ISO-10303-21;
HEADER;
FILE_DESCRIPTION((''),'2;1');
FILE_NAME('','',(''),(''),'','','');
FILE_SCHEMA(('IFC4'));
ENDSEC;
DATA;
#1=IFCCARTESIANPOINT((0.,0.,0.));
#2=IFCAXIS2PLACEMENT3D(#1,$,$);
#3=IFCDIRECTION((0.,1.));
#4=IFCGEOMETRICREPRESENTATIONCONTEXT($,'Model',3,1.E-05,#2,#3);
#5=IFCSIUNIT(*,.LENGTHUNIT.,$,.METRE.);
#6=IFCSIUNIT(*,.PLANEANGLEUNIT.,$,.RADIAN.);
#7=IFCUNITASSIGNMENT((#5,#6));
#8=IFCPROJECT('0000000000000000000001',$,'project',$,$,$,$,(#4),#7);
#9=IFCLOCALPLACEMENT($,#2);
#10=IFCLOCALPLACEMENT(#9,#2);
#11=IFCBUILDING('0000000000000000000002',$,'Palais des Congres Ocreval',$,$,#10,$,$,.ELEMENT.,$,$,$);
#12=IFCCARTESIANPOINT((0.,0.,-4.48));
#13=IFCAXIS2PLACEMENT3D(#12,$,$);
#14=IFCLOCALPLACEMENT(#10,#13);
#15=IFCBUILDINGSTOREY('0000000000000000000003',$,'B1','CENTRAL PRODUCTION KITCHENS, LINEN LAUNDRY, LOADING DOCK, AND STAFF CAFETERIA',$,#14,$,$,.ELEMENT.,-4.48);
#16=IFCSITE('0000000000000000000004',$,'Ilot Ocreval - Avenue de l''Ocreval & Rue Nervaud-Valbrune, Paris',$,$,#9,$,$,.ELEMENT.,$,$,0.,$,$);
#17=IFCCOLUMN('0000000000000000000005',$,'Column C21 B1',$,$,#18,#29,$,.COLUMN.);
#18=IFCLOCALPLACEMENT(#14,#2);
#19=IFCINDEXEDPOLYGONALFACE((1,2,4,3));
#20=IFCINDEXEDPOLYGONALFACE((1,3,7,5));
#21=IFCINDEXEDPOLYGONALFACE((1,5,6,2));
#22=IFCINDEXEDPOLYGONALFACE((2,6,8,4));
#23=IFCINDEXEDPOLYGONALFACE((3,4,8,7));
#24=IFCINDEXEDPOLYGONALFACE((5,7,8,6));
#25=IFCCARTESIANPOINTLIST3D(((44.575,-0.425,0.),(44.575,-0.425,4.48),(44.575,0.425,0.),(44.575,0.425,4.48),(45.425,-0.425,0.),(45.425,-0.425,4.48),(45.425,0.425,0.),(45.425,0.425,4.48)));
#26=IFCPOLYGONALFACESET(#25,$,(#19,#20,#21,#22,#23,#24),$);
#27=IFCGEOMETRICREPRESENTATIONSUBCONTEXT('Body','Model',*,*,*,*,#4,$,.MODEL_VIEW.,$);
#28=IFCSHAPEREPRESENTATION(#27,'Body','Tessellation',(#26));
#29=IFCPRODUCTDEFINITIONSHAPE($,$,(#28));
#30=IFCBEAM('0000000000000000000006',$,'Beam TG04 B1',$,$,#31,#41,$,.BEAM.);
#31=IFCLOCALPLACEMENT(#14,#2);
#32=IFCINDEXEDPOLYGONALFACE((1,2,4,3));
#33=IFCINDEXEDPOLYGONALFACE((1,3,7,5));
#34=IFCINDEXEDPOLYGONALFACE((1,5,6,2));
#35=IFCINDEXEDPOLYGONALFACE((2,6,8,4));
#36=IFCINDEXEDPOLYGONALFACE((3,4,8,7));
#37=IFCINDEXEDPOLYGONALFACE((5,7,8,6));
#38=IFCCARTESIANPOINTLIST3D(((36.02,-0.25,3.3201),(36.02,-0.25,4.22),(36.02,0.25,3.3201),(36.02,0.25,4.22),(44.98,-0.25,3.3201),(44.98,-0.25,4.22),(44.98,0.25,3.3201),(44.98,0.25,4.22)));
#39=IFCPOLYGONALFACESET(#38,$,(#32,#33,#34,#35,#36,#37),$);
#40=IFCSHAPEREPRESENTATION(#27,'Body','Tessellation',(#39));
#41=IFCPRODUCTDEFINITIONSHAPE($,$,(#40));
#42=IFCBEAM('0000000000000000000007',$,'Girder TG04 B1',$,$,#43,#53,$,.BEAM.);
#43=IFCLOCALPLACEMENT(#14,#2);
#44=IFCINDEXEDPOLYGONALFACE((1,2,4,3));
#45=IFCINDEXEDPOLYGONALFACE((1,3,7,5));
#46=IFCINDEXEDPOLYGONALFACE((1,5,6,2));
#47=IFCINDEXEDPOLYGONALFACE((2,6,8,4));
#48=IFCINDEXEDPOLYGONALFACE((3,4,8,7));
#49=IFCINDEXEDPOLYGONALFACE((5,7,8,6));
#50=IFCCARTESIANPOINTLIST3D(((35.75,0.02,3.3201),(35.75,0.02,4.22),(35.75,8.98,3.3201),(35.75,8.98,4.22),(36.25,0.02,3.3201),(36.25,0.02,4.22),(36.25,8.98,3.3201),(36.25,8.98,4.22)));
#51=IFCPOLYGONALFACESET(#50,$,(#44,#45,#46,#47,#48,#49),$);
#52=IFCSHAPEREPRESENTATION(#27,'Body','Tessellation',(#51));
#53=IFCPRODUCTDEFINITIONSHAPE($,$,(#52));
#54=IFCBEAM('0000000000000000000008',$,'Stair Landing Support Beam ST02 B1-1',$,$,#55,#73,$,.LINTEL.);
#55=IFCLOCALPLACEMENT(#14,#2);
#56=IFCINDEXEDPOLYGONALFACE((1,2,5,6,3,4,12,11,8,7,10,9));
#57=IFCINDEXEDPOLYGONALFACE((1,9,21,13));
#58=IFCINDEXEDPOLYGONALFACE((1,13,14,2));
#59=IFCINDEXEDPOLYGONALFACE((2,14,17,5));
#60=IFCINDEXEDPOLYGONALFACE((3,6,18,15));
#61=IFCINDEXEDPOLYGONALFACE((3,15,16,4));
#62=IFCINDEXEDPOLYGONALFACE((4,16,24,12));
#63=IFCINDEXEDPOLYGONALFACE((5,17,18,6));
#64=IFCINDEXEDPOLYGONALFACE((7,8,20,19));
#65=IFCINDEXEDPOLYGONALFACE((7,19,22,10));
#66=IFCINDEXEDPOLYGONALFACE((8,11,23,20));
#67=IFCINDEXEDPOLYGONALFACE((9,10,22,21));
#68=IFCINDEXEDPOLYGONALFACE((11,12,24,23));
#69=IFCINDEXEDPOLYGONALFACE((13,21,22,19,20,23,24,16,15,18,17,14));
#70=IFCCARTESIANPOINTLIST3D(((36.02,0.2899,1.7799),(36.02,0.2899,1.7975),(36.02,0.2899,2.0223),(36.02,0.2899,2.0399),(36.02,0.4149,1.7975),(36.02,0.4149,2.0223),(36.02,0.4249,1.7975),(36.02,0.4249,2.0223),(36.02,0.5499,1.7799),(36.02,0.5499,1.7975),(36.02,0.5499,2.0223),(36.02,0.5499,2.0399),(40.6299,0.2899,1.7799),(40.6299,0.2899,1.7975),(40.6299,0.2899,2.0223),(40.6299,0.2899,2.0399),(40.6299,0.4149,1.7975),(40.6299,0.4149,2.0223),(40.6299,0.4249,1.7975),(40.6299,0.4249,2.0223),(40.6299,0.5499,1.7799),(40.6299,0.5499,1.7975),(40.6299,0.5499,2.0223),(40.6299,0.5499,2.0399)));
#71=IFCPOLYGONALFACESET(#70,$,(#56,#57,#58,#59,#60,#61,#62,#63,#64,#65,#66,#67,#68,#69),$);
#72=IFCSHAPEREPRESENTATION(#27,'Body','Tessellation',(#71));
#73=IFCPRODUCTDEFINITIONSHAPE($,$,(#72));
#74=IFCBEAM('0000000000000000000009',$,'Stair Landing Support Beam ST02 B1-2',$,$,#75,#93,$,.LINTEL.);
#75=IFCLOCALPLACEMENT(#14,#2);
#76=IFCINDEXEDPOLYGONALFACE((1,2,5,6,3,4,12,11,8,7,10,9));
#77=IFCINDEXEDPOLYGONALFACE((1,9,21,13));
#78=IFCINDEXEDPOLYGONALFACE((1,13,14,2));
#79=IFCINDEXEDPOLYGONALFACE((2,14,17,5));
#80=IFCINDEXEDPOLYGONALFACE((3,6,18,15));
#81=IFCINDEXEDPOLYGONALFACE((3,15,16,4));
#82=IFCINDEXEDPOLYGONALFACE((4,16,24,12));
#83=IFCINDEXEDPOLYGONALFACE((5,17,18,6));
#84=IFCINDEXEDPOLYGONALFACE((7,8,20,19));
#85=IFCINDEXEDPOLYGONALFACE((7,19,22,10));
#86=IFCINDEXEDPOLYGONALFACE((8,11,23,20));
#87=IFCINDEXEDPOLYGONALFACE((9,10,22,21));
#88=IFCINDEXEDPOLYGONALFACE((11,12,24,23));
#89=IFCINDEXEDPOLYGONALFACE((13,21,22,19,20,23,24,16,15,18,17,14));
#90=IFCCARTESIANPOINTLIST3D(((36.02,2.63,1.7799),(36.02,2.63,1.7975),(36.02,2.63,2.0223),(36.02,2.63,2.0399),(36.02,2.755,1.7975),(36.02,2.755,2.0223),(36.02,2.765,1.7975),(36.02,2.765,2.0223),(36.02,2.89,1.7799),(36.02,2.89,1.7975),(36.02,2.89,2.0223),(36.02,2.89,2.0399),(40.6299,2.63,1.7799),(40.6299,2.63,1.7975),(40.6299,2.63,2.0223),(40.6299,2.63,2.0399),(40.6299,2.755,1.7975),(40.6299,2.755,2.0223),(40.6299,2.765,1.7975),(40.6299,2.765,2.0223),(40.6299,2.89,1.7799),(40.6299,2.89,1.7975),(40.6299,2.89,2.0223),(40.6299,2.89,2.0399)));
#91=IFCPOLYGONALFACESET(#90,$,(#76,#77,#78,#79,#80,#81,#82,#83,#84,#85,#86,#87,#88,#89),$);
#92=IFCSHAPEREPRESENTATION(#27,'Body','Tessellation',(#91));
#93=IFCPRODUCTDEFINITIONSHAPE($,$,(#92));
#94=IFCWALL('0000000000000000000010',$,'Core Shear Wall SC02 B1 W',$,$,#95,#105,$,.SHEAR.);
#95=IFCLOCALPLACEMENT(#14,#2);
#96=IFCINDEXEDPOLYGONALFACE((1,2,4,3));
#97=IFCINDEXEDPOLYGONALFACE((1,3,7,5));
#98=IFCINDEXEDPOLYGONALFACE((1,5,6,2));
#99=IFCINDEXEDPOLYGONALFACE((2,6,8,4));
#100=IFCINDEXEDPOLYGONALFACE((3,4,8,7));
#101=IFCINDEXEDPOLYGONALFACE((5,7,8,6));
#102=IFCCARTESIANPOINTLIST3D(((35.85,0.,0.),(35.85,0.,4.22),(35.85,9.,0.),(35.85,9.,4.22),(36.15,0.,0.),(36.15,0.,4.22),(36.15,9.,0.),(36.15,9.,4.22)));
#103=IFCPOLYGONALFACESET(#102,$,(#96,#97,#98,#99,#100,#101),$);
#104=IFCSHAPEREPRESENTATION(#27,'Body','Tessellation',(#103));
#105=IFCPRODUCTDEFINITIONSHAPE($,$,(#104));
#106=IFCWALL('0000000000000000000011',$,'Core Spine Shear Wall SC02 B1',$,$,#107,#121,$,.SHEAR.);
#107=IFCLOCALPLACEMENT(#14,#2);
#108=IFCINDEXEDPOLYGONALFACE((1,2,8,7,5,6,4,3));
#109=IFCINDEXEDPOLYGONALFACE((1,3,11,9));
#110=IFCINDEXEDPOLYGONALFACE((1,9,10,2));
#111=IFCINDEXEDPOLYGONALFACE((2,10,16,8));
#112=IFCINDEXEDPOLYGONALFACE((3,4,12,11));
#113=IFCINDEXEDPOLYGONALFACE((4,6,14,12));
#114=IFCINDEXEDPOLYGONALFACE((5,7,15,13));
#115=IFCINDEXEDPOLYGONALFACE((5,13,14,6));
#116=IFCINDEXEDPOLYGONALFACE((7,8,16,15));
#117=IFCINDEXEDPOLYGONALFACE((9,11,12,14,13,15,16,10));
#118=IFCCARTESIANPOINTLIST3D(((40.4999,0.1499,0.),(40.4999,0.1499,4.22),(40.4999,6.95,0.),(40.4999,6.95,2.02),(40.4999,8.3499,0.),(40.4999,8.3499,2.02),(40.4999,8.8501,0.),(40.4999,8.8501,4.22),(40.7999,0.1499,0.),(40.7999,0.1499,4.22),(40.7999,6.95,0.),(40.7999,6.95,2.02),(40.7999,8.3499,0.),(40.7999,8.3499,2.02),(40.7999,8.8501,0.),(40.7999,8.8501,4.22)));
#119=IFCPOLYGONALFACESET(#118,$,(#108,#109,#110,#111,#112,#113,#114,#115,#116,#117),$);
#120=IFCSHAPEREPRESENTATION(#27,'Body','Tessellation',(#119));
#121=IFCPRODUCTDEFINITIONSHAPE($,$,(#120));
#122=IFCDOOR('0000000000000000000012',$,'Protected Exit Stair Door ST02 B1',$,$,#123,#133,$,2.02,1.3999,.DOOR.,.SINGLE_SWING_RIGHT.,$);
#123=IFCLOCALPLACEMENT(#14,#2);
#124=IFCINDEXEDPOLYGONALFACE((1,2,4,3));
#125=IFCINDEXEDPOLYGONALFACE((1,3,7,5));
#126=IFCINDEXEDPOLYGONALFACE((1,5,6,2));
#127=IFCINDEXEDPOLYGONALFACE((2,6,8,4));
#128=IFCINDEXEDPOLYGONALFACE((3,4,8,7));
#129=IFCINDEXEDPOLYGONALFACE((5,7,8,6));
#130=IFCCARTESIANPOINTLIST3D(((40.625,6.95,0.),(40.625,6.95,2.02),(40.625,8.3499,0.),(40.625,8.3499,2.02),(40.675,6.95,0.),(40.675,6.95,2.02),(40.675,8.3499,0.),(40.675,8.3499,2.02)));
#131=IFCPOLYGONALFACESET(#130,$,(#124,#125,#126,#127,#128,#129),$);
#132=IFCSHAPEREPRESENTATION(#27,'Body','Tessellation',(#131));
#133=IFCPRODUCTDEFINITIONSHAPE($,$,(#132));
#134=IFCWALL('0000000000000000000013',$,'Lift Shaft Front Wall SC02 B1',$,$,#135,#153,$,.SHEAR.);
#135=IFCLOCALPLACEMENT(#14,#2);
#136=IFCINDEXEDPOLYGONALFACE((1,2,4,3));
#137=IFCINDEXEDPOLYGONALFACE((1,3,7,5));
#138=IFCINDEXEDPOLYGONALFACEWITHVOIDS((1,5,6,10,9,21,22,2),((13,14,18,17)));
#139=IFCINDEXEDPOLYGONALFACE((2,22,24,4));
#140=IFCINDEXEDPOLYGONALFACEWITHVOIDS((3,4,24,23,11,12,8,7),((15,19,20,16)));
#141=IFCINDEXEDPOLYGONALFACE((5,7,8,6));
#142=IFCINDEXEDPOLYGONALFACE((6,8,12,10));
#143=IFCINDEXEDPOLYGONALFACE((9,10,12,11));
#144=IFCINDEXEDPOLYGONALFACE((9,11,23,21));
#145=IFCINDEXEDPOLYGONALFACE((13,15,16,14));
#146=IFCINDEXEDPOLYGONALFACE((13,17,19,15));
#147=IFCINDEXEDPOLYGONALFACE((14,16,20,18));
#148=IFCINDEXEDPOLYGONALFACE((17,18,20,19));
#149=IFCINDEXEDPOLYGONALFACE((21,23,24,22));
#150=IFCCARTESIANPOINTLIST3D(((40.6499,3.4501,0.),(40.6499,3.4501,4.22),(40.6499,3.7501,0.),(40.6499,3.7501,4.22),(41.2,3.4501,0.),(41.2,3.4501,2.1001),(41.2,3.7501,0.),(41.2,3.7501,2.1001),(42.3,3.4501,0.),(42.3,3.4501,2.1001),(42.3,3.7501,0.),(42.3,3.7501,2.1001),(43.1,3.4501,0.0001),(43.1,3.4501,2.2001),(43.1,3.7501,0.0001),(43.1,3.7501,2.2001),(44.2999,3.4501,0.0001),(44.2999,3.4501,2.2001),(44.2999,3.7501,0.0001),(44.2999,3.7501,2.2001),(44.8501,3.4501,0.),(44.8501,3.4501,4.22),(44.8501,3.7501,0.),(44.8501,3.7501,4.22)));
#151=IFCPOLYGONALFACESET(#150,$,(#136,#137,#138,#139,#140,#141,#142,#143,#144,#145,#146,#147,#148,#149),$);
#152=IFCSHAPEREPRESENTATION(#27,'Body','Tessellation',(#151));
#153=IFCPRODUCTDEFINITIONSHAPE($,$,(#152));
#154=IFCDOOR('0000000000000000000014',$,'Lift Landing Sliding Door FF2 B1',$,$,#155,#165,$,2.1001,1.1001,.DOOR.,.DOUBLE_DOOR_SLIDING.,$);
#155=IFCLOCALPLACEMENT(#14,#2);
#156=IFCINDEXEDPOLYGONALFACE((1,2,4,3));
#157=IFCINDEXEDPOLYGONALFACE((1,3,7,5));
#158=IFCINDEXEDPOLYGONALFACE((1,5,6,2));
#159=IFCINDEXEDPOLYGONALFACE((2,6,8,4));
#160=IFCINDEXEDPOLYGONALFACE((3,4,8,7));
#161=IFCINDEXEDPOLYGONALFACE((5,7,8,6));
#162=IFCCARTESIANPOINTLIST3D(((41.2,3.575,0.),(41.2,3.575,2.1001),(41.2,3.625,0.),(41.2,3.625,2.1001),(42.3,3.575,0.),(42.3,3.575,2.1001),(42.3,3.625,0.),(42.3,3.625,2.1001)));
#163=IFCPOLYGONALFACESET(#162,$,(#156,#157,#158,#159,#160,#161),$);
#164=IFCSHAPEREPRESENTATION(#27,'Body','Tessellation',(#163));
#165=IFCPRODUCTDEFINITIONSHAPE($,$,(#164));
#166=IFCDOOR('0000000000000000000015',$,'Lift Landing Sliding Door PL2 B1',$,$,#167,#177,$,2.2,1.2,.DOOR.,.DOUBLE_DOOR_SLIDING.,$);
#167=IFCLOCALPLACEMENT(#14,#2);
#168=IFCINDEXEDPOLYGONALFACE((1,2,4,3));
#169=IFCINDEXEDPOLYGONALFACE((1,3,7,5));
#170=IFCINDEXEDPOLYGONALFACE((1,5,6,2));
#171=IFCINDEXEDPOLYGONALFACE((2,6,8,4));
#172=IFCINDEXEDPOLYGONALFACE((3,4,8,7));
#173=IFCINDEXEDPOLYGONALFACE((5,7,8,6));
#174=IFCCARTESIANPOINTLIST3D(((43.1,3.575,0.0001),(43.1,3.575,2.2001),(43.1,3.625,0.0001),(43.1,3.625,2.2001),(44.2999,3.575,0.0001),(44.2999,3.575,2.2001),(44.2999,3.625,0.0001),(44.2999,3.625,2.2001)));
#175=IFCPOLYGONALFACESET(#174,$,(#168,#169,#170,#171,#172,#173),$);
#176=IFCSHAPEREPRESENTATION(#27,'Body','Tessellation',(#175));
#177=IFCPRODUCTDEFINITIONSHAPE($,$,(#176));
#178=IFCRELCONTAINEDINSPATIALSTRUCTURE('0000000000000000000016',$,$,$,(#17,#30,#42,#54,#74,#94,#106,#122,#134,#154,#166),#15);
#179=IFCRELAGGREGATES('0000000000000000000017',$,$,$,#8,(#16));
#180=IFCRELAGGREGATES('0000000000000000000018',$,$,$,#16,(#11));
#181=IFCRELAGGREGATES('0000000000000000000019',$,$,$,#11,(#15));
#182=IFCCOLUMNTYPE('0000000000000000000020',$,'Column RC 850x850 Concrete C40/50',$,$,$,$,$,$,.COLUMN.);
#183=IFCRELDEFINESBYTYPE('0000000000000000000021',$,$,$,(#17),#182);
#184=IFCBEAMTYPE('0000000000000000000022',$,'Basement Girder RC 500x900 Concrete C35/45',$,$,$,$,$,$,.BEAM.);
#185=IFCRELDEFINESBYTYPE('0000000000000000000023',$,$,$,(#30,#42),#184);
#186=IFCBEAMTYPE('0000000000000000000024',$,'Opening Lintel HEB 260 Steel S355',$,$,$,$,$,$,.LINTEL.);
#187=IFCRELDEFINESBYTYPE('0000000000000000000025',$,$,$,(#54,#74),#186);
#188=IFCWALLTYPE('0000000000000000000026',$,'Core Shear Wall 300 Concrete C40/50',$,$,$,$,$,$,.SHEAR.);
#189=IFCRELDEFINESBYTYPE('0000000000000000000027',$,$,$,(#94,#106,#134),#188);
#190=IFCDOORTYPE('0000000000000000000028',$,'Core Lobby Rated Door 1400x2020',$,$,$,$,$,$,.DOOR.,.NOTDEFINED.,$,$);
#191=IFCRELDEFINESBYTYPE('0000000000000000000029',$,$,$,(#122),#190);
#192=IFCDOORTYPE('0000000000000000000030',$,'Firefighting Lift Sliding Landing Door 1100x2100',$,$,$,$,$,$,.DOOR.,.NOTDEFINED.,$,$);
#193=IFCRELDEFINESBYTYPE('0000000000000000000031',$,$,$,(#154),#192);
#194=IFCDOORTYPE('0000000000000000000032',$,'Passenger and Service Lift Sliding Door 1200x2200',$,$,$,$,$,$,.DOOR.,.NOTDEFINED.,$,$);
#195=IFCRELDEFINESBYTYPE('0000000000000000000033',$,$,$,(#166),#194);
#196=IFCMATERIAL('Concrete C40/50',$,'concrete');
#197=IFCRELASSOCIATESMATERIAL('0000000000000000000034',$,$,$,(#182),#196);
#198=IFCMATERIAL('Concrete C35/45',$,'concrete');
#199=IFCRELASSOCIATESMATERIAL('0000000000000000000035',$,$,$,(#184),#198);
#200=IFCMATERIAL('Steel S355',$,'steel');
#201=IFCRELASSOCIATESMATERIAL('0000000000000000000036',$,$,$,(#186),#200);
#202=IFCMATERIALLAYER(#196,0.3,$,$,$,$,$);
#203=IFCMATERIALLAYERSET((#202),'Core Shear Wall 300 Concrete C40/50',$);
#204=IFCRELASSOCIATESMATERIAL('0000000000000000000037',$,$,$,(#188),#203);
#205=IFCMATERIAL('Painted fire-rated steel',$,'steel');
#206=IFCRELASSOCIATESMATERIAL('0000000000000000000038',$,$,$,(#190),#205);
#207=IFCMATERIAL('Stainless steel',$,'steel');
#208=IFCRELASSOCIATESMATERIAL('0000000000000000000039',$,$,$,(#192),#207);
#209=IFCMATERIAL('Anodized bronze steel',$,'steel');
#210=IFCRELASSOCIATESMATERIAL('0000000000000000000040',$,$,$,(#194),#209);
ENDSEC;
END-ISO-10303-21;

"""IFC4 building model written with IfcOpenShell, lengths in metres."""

from ifc_helpers import new_model, si_unit, direction, frame, frame_2d, origin, origin_2d, place, context, subcontext, project, spatial, rectangle, i_section, extrude, material, layer, layer_set, material_profile, profile_set, type_object, element, fill, save


model = new_model("IFC4")

# Units and contexts
model_context = context("Model", 3, precision=1e-05, world=origin(), true_north=direction((0.0, 1.0)))
body_context = subcontext(model_context, "Body", "Model", "MODEL_VIEW")
ifc_project = project(units=[si_unit("LENGTHUNIT", "METRE"), si_unit("PLANEANGLEUNIT", "RADIAN")], contexts=[model_context])

# Site, building, storey
site_placement = place(None, origin())
site = spatial("IfcSite", under=ifc_project, at=site_placement, Name="Ilot Ocreval - Avenue de l'Ocreval & Rue Nervaud-Valbrune, Paris", CompositionType="ELEMENT", RefElevation=0.0)
building_placement = place(site_placement, origin())
building = spatial("IfcBuilding", under=site, at=building_placement, Name="Palais des Congres Ocreval", CompositionType="ELEMENT")
storey_placement = place(building_placement, frame((0.0, 0.0, -4.48)))
storey = spatial("IfcBuildingStorey", under=building, at=storey_placement, Name="B1", Description="CENTRAL PRODUCTION KITCHENS, LINEN LAUNDRY, LOADING DOCK, AND STAFF CAFETERIA", CompositionType="ELEMENT", Elevation=-4.48)

# Column
ifc_material_1 = material(Name="Concrete C40/50", Category="concrete")
ifc_material_profile_1 = material_profile(ifc_material_1, rectangle(XDim=0.8501, YDim=0.8501, at=origin_2d()), Name="RC 850x850")
ifc_profile_set_1 = profile_set([ifc_material_profile_1], Name="Concrete C40/50")
column_type = type_object("IfcColumnType", Name="Column RC 850x850 Concrete C40/50", PredefinedType="COLUMN", material=ifc_profile_set_1)
column_placement = place(storey_placement, frame((45.0, 0.0, 0.0), z_axis=(0.0, 0.0, 1.0), x_axis=(1.0, 0.0, 0.0)))
element("IfcColumn", 1, at=column_placement, inside=storey, type_object=column_type, Name="Column C21 B1", PredefinedType="COLUMN", context=body_context, shape_type="SweptSolid", body=[
    extrude(rectangle(XDim=0.8501, YDim=0.8501, at=origin_2d()), origin(), (0.0, 0.0, 1.0), 4.48),
])

# Beams
ifc_material_2 = material(Name="Concrete C35/45", Category="concrete")
ifc_material_profile_2 = material_profile(ifc_material_2, rectangle(XDim=0.5, YDim=0.8999, at=origin_2d()), Name="RC 500x900")
ifc_profile_set_2 = profile_set([ifc_material_profile_2], Name="Concrete C35/45")
beam_type_1 = type_object("IfcBeamType", Name="Basement Girder RC 500x900 Concrete C35/45", PredefinedType="BEAM", material=ifc_profile_set_2)
for number, where, z_axis, x_axis, name in (
    (2, (36.02, 0.0, 3.77), (1.0, 0.0, 0.0), (0.0, 1.0, 0.0), "Beam TG04 B1"),
    (3, (36.0, 0.02, 3.77), (0.0, 1.0, 0.0), (-1.0, 0.0, 0.0), "Girder TG04 B1"),
):
    element("IfcBeam", number, at=place(storey_placement, frame(where, z_axis=z_axis, x_axis=x_axis)), inside=storey, type_object=beam_type_1, Name=name, PredefinedType="BEAM", context=body_context, shape_type="SweptSolid", body=[
        extrude(rectangle(XDim=0.5, YDim=0.8999, at=origin_2d()), origin(), (0.0, 0.0, 1.0), 8.96),
    ])
ifc_material_3 = material(Name="Steel S355", Category="steel")
ifc_material_profile_3 = material_profile(ifc_material_3, i_section(OverallWidth=0.26, OverallDepth=0.26, WebThickness=0.01, FlangeThickness=0.0176, at=origin_2d()), Name="HEB 260")
ifc_profile_set_3 = profile_set([ifc_material_profile_3], Name="Steel S355")
beam_type_2 = type_object("IfcBeamType", Name="Opening Lintel HEB 260 Steel S355", PredefinedType="LINTEL", material=ifc_profile_set_3)
for number, where, z_axis, x_axis, name in (
    (4, (36.02, 0.4199, 1.9099), (1.0, 0.0, 0.0), (0.0, 1.0, 0.0), "Stair Landing Support Beam ST02 B1-1"),
    (5, (36.02, 2.76, 1.9099), (1.0, 0.0, 0.0), (0.0, 1.0, 0.0), "Stair Landing Support Beam ST02 B1-2"),
):
    element("IfcBeam", number, at=place(storey_placement, frame(where, z_axis=z_axis, x_axis=x_axis)), inside=storey, type_object=beam_type_2, Name=name, PredefinedType="LINTEL", context=body_context, shape_type="SweptSolid", body=[
        extrude(i_section(OverallWidth=0.26, OverallDepth=0.26, WebThickness=0.01, FlangeThickness=0.0176, at=origin_2d()), origin(), (0.0, 0.0, 1.0), 4.6099),
    ])

# Wall
ifc_layer_1 = layer(ifc_material_1, 0.3)
ifc_layer_set_1 = layer_set([ifc_layer_1], Name="Core Shear Wall 300 Concrete C40/50")
wall_type_1 = type_object("IfcWallType", Name="Core Shear Wall 300 Concrete C40/50", PredefinedType="SHEAR", material=ifc_layer_set_1)
wall_1_placement = place(storey_placement, frame((36.0, 0.0, 0.0), z_axis=(0.0, 0.0, 1.0), x_axis=(0.0, 1.0, 0.0)))
element("IfcWall", 6, at=wall_1_placement, inside=storey, type_object=wall_type_1, Name="Core Shear Wall SC02 B1 W", PredefinedType="SHEAR", context=body_context, shape_type="SweptSolid", body=[
    extrude(rectangle(XDim=9.0, YDim=0.3, at=frame_2d((4.5, 0.0))), origin(), (0.0, 0.0, 1.0), 4.22),
])

# Wall, opening, door
wall_2_placement = place(storey_placement, frame((40.6499, 0.1499, 0.0), z_axis=(0.0, 0.0, 1.0), x_axis=(0.0, 1.0, 0.0)))
wall_2 = element("IfcWall", 7, at=wall_2_placement, inside=storey, type_object=wall_type_1, Name="Core Spine Shear Wall SC02 B1", PredefinedType="SHEAR", context=body_context, shape_type="SweptSolid", body=[
    extrude(rectangle(XDim=8.7002, YDim=0.3, at=frame_2d((4.3501, 0.0))), origin(), (0.0, 0.0, 1.0), 4.22),
])
opening_1_placement = place(wall_2_placement, frame((6.8, 0.0, 0.0)))
opening_1 = element("IfcOpeningElement", 8, at=opening_1_placement, cuts=wall_2, PredefinedType="OPENING", context=body_context, shape_type="SweptSolid", body=[
    extrude(rectangle(XDim=1.3999, YDim=2.02, at=frame_2d((0.7, 1.01))), frame((0.0, 0.1599, 0.0), z_axis=(0.0, -1.0, 0.0), x_axis=(1.0, 0.0, 0.0)), (0.0, 0.0, 1.0), 0.3201),
])
ifc_material_4 = material(Name="Painted fire-rated steel", Category="steel")
door_type_1 = type_object("IfcDoorType", Name="Core Lobby Rated Door 1400x2020", OperationType="NOTDEFINED", PredefinedType="DOOR", material=ifc_material_4)
door_1_placement = place(opening_1_placement, origin())
door_1 = element("IfcDoor", 9, at=door_1_placement, inside=storey, type_object=door_type_1, Name="Protected Exit Stair Door ST02 B1", OperationType="SINGLE_SWING_RIGHT", OverallHeight=2.02, OverallWidth=1.3999, PredefinedType="DOOR", context=body_context, shape_type="SweptSolid", body=[
    extrude(rectangle(XDim=1.3999, YDim=2.02, at=frame_2d((0.7, 1.01))), frame((0.0, 0.0249, 0.0), z_axis=(0.0, -1.0, 0.0), x_axis=(1.0, 0.0, 0.0)), (0.0, 0.0, 1.0), 0.05),
])
fill(opening_1, door_1)

# Wall, openings, doors
wall_3_placement = place(storey_placement, frame((40.6499, 3.6001, 0.0), z_axis=(0.0, 0.0, 1.0), x_axis=(1.0, 0.0, 0.0)))
wall_3 = element("IfcWall", 10, at=wall_3_placement, inside=storey, type_object=wall_type_1, Name="Lift Shaft Front Wall SC02 B1", PredefinedType="SHEAR", context=body_context, shape_type="SweptSolid", body=[
    extrude(rectangle(XDim=4.2002, YDim=0.3, at=frame_2d((2.1001, 0.0))), origin(), (0.0, 0.0, 1.0), 4.22),
])
opening_2_placement = place(wall_3_placement, frame((0.55, 0.0, 0.0)))
opening_2 = element("IfcOpeningElement", 11, at=opening_2_placement, cuts=wall_3, PredefinedType="OPENING", context=body_context, shape_type="SweptSolid", body=[
    extrude(rectangle(XDim=1.1001, YDim=2.1001, at=frame_2d((0.55, 1.05))), frame((0.0, 0.1599, 0.0), z_axis=(0.0, -1.0, 0.0), x_axis=(1.0, 0.0, 0.0)), (0.0, 0.0, 1.0), 0.3201),
])
opening_3_placement = place(wall_3_placement, frame((2.45, 0.0, 0.0)))
opening_3 = element("IfcOpeningElement", 12, at=opening_3_placement, cuts=wall_3, PredefinedType="OPENING", context=body_context, shape_type="SweptSolid", body=[
    extrude(rectangle(XDim=1.2, YDim=2.2, at=frame_2d((0.6001, 1.1001))), frame((0.0, 0.1599, 0.0), z_axis=(0.0, -1.0, 0.0), x_axis=(1.0, 0.0, 0.0)), (0.0, 0.0, 1.0), 0.3201),
])
ifc_material_5 = material(Name="Stainless steel", Category="steel")
door_type_2 = type_object("IfcDoorType", Name="Firefighting Lift Sliding Landing Door 1100x2100", OperationType="NOTDEFINED", PredefinedType="DOOR", material=ifc_material_5)
door_2_placement = place(opening_2_placement, origin())
door_2 = element("IfcDoor", 13, at=door_2_placement, inside=storey, type_object=door_type_2, Name="Lift Landing Sliding Door FF2 B1", OperationType="DOUBLE_DOOR_SLIDING", OverallHeight=2.1001, OverallWidth=1.1001, PredefinedType="DOOR", context=body_context, shape_type="SweptSolid", body=[
    extrude(rectangle(XDim=1.1001, YDim=2.1001, at=frame_2d((0.55, 1.05))), frame((0.0, 0.0249, 0.0), z_axis=(0.0, -1.0, 0.0), x_axis=(1.0, 0.0, 0.0)), (0.0, 0.0, 1.0), 0.05),
])
fill(opening_2, door_2)
ifc_material_6 = material(Name="Anodized bronze steel", Category="steel")
door_type_3 = type_object("IfcDoorType", Name="Passenger and Service Lift Sliding Door 1200x2200", OperationType="NOTDEFINED", PredefinedType="DOOR", material=ifc_material_6)
door_3_placement = place(opening_3_placement, origin())
door_3 = element("IfcDoor", 14, at=door_3_placement, inside=storey, type_object=door_type_3, Name="Lift Landing Sliding Door PL2 B1", OperationType="DOUBLE_DOOR_SLIDING", OverallHeight=2.2, OverallWidth=1.2, PredefinedType="DOOR", context=body_context, shape_type="SweptSolid", body=[
    extrude(rectangle(XDim=1.2, YDim=2.2, at=frame_2d((0.6001, 1.1001))), frame((0.0, 0.0249, 0.0), z_axis=(0.0, -1.0, 0.0), x_axis=(1.0, 0.0, 0.0)), (0.0, 0.0, 1.0), 0.05),
])
fill(opening_3, door_3)

save(model, "model.ifc")
